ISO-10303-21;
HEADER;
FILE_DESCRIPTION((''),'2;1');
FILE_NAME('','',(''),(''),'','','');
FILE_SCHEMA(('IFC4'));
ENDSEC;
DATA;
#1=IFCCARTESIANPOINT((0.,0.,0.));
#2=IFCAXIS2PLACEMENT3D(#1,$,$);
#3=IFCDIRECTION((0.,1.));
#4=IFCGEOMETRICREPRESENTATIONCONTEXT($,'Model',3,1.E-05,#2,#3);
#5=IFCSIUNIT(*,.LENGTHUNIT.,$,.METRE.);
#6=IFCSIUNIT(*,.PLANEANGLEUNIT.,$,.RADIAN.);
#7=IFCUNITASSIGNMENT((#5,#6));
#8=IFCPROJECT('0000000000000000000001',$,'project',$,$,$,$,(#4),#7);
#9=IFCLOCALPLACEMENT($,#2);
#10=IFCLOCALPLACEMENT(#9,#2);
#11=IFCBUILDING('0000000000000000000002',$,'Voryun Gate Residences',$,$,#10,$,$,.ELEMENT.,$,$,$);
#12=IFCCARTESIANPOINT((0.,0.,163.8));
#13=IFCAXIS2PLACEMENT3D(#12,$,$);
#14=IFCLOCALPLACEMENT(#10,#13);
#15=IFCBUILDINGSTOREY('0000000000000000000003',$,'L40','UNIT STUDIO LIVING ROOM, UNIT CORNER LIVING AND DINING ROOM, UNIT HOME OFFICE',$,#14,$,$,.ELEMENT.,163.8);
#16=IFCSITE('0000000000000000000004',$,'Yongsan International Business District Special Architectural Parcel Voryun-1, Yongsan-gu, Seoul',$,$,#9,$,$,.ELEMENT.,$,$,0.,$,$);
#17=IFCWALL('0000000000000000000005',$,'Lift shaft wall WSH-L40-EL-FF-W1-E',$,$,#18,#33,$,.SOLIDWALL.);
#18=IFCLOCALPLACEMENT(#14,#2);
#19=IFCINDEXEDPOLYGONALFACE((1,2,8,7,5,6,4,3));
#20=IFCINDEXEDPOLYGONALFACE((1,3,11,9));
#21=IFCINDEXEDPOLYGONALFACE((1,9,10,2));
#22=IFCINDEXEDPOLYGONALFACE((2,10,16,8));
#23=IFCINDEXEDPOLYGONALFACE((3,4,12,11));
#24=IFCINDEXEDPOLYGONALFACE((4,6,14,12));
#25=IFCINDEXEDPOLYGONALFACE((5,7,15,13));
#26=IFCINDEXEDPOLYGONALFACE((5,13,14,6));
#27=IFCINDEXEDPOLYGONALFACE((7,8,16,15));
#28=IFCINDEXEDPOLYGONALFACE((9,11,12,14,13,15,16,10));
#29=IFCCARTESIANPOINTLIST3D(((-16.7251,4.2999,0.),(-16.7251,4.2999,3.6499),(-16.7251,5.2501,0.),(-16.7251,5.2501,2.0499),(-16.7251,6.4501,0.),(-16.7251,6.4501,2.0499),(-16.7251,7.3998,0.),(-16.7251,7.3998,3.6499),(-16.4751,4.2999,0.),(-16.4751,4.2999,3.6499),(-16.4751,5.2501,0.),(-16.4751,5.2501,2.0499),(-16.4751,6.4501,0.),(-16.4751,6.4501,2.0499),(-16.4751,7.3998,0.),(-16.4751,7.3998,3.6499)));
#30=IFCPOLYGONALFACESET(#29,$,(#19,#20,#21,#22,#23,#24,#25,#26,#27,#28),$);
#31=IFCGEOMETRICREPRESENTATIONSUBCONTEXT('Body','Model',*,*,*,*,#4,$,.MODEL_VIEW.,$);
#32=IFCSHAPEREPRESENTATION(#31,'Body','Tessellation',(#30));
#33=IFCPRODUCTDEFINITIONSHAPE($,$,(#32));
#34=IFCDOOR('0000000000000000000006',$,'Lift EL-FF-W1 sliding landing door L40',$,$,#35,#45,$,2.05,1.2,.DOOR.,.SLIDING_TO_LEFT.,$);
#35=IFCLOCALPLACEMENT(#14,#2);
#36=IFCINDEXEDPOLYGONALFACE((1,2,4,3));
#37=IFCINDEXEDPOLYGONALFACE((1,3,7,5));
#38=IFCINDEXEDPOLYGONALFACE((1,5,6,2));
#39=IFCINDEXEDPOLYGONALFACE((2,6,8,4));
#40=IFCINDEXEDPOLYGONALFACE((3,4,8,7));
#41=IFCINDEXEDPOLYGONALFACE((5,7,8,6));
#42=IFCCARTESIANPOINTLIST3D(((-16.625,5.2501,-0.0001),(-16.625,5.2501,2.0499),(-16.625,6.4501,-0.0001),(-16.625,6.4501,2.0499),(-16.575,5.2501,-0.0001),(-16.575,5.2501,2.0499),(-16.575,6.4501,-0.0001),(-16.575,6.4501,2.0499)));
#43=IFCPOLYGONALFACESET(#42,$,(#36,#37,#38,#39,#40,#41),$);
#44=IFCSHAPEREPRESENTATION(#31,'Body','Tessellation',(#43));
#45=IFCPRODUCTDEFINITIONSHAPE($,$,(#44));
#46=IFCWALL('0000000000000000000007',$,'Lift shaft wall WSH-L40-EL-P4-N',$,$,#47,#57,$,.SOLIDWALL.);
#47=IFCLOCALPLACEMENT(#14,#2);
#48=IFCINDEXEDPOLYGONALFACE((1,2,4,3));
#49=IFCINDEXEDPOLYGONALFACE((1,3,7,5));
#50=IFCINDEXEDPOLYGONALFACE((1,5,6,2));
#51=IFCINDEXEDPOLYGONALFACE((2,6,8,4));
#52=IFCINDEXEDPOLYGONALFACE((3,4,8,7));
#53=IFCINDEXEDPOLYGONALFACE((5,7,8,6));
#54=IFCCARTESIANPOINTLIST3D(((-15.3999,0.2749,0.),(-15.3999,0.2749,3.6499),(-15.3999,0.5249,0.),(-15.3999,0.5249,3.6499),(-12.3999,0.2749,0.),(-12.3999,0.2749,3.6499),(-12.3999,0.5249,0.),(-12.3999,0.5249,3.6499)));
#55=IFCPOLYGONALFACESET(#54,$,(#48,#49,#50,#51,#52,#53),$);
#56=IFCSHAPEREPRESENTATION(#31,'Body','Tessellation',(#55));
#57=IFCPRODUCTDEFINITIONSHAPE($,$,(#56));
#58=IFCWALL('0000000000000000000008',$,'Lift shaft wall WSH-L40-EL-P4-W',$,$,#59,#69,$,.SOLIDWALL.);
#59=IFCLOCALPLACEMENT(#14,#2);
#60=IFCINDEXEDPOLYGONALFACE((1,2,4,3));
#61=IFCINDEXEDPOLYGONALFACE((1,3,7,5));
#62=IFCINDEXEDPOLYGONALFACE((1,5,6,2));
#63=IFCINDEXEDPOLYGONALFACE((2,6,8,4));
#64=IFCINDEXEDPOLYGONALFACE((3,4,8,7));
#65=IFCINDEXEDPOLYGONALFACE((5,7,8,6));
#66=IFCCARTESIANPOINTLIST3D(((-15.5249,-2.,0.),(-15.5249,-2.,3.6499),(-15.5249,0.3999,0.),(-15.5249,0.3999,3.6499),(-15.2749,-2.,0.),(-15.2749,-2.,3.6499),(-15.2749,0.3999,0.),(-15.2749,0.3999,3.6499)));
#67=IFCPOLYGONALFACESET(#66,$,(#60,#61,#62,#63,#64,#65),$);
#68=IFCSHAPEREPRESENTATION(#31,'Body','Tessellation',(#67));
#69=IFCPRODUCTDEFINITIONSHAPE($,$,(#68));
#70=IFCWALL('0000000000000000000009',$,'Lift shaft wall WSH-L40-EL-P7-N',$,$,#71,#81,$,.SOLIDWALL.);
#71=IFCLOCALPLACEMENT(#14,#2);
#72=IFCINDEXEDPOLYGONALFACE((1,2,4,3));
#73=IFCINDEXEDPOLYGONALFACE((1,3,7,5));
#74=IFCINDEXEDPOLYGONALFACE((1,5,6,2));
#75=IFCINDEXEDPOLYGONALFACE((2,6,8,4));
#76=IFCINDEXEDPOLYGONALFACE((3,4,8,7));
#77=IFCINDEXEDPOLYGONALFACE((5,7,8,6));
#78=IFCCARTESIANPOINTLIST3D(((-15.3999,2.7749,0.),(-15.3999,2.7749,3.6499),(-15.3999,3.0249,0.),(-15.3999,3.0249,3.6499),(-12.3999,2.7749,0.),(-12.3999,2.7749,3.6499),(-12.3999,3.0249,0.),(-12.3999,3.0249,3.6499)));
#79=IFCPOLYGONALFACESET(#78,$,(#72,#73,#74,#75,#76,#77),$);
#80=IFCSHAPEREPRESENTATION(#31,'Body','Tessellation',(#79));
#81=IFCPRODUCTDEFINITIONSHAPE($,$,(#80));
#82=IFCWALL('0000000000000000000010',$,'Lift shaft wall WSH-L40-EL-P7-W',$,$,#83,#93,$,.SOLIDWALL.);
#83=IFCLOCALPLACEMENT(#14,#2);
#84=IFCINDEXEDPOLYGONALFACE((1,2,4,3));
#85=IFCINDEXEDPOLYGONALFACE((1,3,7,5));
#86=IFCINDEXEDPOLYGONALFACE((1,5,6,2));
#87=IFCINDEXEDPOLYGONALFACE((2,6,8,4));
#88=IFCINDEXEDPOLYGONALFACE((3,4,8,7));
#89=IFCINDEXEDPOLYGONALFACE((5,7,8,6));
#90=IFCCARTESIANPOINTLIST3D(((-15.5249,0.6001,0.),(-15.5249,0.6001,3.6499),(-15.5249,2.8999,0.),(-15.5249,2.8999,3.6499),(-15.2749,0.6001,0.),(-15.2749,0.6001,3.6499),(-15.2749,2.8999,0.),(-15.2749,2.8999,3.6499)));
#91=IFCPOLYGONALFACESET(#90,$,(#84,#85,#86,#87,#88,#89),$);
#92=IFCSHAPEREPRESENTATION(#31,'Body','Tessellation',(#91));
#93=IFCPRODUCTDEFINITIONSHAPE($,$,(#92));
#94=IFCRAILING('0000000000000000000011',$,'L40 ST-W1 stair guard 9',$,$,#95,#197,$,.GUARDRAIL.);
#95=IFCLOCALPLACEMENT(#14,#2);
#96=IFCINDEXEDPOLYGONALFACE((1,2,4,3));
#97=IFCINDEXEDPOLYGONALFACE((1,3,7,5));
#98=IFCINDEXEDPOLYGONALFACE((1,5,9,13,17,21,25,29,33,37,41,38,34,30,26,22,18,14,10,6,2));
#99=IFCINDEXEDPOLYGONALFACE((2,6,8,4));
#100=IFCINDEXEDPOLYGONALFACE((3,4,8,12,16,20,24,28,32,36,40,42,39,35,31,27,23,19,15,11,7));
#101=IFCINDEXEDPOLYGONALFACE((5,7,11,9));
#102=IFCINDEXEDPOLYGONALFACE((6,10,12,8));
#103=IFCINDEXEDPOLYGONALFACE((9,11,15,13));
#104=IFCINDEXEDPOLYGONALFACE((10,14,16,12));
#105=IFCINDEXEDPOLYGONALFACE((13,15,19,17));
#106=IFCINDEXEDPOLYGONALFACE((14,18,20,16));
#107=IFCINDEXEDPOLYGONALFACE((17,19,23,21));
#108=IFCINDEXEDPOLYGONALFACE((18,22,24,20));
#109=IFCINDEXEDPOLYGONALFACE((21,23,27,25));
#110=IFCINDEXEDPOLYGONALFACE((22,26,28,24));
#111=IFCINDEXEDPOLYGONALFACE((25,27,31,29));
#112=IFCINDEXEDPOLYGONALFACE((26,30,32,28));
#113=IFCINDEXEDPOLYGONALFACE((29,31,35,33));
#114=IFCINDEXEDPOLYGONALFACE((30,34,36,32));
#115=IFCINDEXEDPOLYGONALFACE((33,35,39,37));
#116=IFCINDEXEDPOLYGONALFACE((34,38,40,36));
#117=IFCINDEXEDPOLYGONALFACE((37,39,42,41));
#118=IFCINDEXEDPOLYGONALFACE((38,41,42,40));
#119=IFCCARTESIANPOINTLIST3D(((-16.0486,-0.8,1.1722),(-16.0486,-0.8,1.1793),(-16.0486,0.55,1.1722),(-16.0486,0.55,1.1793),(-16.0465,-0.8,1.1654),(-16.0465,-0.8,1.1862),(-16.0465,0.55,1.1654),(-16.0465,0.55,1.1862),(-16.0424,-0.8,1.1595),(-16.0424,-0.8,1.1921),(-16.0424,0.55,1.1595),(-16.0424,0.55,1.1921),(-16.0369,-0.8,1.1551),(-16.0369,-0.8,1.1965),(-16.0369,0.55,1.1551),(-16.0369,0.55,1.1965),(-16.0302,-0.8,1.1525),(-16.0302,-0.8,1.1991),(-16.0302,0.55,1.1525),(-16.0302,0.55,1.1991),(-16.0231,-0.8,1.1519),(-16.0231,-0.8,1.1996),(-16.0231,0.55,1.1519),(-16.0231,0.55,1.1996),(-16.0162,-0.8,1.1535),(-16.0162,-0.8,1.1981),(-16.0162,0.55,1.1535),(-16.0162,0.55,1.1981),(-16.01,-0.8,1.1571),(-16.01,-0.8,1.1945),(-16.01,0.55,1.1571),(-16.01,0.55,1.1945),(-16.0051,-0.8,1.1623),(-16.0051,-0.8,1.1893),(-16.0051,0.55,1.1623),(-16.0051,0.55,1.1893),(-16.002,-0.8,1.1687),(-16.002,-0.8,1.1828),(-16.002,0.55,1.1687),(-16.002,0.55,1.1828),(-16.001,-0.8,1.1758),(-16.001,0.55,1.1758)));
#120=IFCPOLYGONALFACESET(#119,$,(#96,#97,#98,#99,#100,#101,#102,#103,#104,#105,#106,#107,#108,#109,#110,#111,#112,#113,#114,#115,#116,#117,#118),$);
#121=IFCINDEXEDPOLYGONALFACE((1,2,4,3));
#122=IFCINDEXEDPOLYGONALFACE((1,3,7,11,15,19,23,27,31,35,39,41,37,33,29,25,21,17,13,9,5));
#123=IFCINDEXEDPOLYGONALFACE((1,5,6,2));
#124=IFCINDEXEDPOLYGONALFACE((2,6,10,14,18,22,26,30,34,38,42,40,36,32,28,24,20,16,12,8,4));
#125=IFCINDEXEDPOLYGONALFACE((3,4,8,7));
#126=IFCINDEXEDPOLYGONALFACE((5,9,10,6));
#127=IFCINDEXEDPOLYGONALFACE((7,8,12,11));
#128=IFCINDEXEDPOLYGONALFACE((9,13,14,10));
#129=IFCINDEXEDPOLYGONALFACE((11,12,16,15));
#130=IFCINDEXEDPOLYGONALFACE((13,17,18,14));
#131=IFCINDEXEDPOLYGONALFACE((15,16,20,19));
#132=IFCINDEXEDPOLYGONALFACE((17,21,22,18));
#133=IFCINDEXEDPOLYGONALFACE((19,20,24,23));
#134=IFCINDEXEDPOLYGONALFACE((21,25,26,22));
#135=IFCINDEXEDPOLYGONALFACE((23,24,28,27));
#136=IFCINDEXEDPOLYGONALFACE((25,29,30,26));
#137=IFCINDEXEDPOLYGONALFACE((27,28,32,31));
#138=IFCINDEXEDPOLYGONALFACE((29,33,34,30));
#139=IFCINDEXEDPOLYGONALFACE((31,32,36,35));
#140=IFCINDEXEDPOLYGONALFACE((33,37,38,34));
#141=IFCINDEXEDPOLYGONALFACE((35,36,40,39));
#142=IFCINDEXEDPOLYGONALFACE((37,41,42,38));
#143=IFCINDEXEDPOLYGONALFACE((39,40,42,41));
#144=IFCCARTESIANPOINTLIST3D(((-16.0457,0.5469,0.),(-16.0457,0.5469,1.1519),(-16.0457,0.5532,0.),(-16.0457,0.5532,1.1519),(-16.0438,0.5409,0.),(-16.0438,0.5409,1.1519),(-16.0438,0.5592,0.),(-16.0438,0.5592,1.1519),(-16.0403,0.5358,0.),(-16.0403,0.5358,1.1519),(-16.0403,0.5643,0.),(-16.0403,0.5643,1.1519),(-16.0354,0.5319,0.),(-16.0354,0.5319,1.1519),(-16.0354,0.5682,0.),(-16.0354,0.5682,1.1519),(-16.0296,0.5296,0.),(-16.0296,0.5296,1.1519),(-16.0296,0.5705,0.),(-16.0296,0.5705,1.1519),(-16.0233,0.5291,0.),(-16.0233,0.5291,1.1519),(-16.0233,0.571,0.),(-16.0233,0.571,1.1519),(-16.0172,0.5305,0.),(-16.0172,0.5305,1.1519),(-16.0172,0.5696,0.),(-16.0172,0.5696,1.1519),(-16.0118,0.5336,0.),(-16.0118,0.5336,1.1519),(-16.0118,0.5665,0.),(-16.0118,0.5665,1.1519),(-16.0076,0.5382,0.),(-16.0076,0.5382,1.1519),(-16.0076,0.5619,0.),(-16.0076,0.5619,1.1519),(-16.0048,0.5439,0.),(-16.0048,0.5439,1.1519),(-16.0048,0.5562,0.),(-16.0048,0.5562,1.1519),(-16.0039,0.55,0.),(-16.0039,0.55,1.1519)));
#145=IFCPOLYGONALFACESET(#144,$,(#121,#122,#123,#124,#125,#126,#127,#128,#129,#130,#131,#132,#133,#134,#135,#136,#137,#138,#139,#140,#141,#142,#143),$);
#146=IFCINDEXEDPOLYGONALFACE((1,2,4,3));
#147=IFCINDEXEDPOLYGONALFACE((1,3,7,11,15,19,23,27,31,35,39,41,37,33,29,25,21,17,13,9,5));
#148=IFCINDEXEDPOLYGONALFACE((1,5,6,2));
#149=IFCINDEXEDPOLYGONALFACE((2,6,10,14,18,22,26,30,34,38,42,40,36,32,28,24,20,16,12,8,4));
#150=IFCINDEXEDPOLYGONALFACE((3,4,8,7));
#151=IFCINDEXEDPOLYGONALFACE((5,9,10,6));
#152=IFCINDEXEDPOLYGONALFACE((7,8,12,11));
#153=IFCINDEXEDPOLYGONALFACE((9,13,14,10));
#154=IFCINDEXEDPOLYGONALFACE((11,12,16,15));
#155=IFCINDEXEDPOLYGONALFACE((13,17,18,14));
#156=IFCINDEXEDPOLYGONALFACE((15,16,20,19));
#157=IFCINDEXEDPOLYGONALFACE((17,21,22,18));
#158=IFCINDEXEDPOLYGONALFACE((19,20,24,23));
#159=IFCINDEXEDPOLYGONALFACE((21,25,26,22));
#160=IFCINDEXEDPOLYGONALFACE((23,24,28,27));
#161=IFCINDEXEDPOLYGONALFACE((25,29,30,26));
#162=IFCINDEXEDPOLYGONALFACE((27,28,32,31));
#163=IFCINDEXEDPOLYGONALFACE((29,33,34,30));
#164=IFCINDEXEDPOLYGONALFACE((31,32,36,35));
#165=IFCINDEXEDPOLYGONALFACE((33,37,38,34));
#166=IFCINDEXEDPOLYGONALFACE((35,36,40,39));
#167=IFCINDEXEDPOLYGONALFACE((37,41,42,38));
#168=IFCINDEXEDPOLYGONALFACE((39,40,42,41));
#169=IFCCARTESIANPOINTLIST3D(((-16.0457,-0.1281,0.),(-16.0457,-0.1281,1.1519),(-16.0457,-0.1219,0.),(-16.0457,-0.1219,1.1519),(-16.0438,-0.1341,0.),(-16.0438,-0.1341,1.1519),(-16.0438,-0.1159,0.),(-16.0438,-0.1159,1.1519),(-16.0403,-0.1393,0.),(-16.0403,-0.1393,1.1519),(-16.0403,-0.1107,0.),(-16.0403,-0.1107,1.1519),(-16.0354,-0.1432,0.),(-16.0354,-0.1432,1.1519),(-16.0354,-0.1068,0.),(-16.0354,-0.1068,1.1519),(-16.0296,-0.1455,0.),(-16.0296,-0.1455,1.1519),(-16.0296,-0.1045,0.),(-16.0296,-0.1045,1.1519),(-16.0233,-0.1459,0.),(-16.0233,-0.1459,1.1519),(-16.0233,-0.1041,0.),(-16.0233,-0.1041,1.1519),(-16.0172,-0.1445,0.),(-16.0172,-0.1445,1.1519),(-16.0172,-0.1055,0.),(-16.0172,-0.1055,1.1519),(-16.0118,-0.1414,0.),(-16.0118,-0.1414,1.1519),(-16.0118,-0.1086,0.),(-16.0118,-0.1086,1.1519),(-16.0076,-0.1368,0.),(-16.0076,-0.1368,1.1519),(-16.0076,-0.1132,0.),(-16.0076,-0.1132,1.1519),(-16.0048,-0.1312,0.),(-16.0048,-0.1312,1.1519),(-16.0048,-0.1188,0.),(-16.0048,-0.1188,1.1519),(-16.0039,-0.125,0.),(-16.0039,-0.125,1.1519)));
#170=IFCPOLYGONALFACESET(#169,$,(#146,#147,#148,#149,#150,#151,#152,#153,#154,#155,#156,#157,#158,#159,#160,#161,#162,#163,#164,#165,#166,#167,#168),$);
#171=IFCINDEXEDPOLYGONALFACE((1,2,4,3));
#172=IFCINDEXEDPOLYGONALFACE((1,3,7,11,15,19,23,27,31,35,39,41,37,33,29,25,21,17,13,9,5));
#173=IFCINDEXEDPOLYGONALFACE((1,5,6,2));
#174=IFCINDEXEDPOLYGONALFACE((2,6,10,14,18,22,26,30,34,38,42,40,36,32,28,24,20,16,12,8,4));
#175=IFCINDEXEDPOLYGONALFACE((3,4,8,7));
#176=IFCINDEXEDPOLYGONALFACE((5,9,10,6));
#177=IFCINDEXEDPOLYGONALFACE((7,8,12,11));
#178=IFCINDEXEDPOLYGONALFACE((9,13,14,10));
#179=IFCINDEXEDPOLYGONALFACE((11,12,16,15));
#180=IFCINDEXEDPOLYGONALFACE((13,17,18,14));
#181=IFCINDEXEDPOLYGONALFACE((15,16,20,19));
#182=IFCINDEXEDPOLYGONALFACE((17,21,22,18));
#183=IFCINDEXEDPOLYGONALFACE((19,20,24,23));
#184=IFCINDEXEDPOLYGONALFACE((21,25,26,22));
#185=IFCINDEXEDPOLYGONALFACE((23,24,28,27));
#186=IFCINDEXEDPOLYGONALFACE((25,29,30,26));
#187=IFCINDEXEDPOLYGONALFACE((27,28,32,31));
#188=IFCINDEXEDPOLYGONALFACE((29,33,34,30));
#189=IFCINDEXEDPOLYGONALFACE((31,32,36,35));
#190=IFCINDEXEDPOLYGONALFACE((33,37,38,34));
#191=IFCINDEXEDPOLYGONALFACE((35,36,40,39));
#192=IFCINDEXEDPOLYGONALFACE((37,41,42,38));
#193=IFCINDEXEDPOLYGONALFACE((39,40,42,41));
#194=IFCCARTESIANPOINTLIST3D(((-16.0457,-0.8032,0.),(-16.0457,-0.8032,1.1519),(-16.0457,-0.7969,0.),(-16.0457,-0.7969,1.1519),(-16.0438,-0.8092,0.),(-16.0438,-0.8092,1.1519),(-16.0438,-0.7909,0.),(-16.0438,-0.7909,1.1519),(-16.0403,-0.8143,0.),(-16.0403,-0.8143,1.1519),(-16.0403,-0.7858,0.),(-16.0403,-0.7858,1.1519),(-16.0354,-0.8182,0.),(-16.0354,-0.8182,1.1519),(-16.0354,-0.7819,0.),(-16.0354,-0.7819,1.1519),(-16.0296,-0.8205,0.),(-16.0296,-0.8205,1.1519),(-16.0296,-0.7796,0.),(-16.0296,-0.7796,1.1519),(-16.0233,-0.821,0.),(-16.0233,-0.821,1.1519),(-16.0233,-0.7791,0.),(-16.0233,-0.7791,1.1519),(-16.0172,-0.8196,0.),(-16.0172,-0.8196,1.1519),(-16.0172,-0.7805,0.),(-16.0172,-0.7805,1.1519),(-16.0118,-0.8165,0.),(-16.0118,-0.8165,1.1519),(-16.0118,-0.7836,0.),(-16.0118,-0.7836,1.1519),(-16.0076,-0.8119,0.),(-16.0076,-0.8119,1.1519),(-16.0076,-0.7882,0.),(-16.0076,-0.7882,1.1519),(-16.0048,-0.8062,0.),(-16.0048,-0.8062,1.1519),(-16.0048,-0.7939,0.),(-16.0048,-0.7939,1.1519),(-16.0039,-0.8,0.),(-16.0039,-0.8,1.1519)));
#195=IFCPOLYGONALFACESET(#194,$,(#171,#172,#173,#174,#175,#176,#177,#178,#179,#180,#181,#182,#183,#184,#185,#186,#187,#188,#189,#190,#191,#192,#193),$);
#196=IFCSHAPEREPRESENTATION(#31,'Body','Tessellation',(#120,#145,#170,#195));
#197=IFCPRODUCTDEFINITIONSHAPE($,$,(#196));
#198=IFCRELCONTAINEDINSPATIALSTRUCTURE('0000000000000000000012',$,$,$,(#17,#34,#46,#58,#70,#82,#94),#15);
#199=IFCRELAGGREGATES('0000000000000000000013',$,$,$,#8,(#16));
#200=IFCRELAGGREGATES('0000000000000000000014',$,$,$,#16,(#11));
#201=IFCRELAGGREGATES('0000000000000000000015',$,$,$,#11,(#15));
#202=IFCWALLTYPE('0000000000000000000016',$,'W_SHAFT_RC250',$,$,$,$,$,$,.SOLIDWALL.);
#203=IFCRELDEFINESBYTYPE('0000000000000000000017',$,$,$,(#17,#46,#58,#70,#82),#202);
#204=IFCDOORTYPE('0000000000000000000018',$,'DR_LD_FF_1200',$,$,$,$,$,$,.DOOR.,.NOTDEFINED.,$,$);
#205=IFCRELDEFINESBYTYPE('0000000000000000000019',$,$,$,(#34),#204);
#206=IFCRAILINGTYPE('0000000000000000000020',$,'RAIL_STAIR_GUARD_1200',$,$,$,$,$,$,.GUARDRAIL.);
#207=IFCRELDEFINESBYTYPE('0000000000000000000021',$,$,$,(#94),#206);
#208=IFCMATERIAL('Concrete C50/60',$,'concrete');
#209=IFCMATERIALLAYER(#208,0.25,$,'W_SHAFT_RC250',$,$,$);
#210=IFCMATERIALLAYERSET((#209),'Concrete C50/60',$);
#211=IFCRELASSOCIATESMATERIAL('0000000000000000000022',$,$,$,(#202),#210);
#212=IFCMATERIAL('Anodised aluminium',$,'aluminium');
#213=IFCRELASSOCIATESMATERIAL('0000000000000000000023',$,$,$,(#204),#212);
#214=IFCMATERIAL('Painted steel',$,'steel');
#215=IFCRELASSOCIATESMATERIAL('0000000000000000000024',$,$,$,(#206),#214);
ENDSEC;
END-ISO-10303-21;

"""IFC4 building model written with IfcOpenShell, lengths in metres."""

from ifc_helpers import new_model, si_unit, direction, frame, frame_2d, origin, origin_2d, place, context, subcontext, project, spatial, rectangle, circle, extrude, material, layer, layer_set, type_object, element, fill, save


model = new_model("IFC4")

# Units and contexts
model_context = context("Model", 3, precision=1e-05, world=origin(), true_north=direction((0.0, 1.0)))
body_context = subcontext(model_context, "Body", "Model", "MODEL_VIEW")
ifc_project = project(units=[si_unit("LENGTHUNIT", "METRE"), si_unit("PLANEANGLEUNIT", "RADIAN")], contexts=[model_context])

# Site, building, storey
site_placement = place(None, origin())
site = spatial("IfcSite", under=ifc_project, at=site_placement, Name="Yongsan International Business District Special Architectural Parcel Voryun-1, Yongsan-gu, Seoul", CompositionType="ELEMENT", RefElevation=0.0)
building_placement = place(site_placement, origin())
building = spatial("IfcBuilding", under=site, at=building_placement, Name="Voryun Gate Residences", CompositionType="ELEMENT")
storey_placement = place(building_placement, frame((0.0, 0.0, 163.8)))
storey = spatial("IfcBuildingStorey", under=building, at=storey_placement, Name="L40", Description="UNIT STUDIO LIVING ROOM, UNIT CORNER LIVING AND DINING ROOM, UNIT HOME OFFICE", CompositionType="ELEMENT", Elevation=163.8)

# Wall, opening, door
ifc_material_1 = material(Name="Concrete C50/60", Category="concrete")
ifc_layer_1 = layer(ifc_material_1, 0.25, Name="W_SHAFT_RC250")
ifc_layer_set_1 = layer_set([ifc_layer_1], Name="Concrete C50/60")
wall_type_1 = type_object("IfcWallType", Name="W_SHAFT_RC250", PredefinedType="SOLIDWALL", material=ifc_layer_set_1)
wall_1_placement = place(storey_placement, frame((-16.6001, 4.3, 0.0), z_axis=(0.0, 0.0, 1.0), x_axis=(0.0, 1.0, 0.0)))
wall_1 = element("IfcWall", 1, at=wall_1_placement, inside=storey, type_object=wall_type_1, Name="Lift shaft wall WSH-L40-EL-FF-W1-E", PredefinedType="SOLIDWALL", context=body_context, shape_type="SweptSolid", body=[
    extrude(rectangle(XDim=3.0999, YDim=0.25, at=frame_2d((1.5498, 0.0))), origin(), (0.0, 0.0, 1.0), 3.6499),
])
opening_1_placement = place(wall_1_placement, frame((0.95, 0.0, 0.0)))
opening_1 = element("IfcOpeningElement", 2, at=opening_1_placement, cuts=wall_1, PredefinedType="OPENING", context=body_context, shape_type="SweptSolid", body=[
    extrude(rectangle(XDim=1.2, YDim=2.05, at=frame_2d((0.6001, 1.0249))), frame((0.0, 0.135, 0.0), z_axis=(0.0, -1.0, 0.0), x_axis=(1.0, 0.0, 0.0)), (0.0, 0.0, 1.0), 0.27),
])
ifc_material_2 = material(Name="Anodised aluminium", Category="aluminium")
door_type_1 = type_object("IfcDoorType", Name="DR_LD_FF_1200", OperationType="NOTDEFINED", PredefinedType="DOOR", material=ifc_material_2)
door_1_placement = place(opening_1_placement, origin())
door_1 = element("IfcDoor", 3, at=door_1_placement, inside=storey, type_object=door_type_1, Name="Lift EL-FF-W1 sliding landing door L40", OperationType="SLIDING_TO_LEFT", OverallHeight=2.05, OverallWidth=1.2, PredefinedType="DOOR", context=body_context, shape_type="SweptSolid", body=[
    extrude(rectangle(XDim=1.2, YDim=2.05, at=frame_2d((0.6001, 1.0249))), frame((0.0, 0.0249, 0.0), z_axis=(0.0, -1.0, 0.0), x_axis=(1.0, 0.0, 0.0)), (0.0, 0.0, 1.0), 0.05),
])
fill(opening_1, door_1)

# Walls
wall_2_placement = place(storey_placement, frame((-12.3999, 0.3999, 0.0), z_axis=(0.0, 0.0, 1.0), x_axis=(-1.0, 0.0, 0.0)))
element("IfcWall", 4, at=wall_2_placement, inside=storey, type_object=wall_type_1, Name="Lift shaft wall WSH-L40-EL-P4-N", PredefinedType="SOLIDWALL", context=body_context, shape_type="SweptSolid", body=[
    extrude(rectangle(XDim=3.0, YDim=0.25, at=frame_2d((1.5, 0.0))), origin(), (0.0, 0.0, 1.0), 3.6499),
])
wall_3_placement = place(storey_placement, frame((-15.3999, 0.3999, 0.0), z_axis=(0.0, 0.0, 1.0), x_axis=(0.0, -1.0, 0.0)))
element("IfcWall", 5, at=wall_3_placement, inside=storey, type_object=wall_type_1, Name="Lift shaft wall WSH-L40-EL-P4-W", PredefinedType="SOLIDWALL", context=body_context, shape_type="SweptSolid", body=[
    extrude(rectangle(XDim=2.3999, YDim=0.25, at=frame_2d((1.2, 0.0))), origin(), (0.0, 0.0, 1.0), 3.6499),
])
wall_4_placement = place(storey_placement, frame((-12.3999, 2.8999, 0.0), z_axis=(0.0, 0.0, 1.0), x_axis=(-1.0, 0.0, 0.0)))
element("IfcWall", 6, at=wall_4_placement, inside=storey, type_object=wall_type_1, Name="Lift shaft wall WSH-L40-EL-P7-N", PredefinedType="SOLIDWALL", context=body_context, shape_type="SweptSolid", body=[
    extrude(rectangle(XDim=3.0, YDim=0.25, at=frame_2d((1.5, 0.0))), origin(), (0.0, 0.0, 1.0), 3.6499),
])
wall_5_placement = place(storey_placement, frame((-15.3999, 2.8999, 0.0), z_axis=(0.0, 0.0, 1.0), x_axis=(0.0, -1.0, 0.0)))
element("IfcWall", 7, at=wall_5_placement, inside=storey, type_object=wall_type_1, Name="Lift shaft wall WSH-L40-EL-P7-W", PredefinedType="SOLIDWALL", context=body_context, shape_type="SweptSolid", body=[
    extrude(rectangle(XDim=2.2998, YDim=0.25, at=frame_2d((1.1499, 0.0))), origin(), (0.0, 0.0, 1.0), 3.6499),
])

# Railing
ifc_material_3 = material(Name="Painted steel", Category="steel")
railing_type = type_object("IfcRailingType", Name="RAIL_STAIR_GUARD_1200", PredefinedType="GUARDRAIL", material=ifc_material_3)
railing_1_placement = place(storey_placement, frame((-16.0249, 0.55, 0.0)))
element("IfcRailing", 8, at=railing_1_placement, inside=storey, type_object=railing_type, Name="L40 ST-W1 stair guard 9", PredefinedType="GUARDRAIL", context=body_context, shape_type="SweptSolid", body=[
    extrude(circle(Radius=0.0239, at=origin_2d()), frame((0.0, 0.0, 1.1758), z_axis=(0.0, -1.0, 0.0), x_axis=(1.0, 0.0, 0.0)), (0.0, 0.0, 1.0), 1.3501),
    extrude(circle(Radius=0.021, at=origin_2d()), origin(), (0.0, 0.0, 1.0), 1.1519),
    extrude(circle(Radius=0.021, at=origin_2d()), frame((0.0, -0.675, 0.0)), (0.0, 0.0, 1.0), 1.1519),
    extrude(circle(Radius=0.021, at=origin_2d()), frame((0.0, -1.3501, 0.0)), (0.0, 0.0, 1.0), 1.1519),
])

save(model, "model.ifc")
